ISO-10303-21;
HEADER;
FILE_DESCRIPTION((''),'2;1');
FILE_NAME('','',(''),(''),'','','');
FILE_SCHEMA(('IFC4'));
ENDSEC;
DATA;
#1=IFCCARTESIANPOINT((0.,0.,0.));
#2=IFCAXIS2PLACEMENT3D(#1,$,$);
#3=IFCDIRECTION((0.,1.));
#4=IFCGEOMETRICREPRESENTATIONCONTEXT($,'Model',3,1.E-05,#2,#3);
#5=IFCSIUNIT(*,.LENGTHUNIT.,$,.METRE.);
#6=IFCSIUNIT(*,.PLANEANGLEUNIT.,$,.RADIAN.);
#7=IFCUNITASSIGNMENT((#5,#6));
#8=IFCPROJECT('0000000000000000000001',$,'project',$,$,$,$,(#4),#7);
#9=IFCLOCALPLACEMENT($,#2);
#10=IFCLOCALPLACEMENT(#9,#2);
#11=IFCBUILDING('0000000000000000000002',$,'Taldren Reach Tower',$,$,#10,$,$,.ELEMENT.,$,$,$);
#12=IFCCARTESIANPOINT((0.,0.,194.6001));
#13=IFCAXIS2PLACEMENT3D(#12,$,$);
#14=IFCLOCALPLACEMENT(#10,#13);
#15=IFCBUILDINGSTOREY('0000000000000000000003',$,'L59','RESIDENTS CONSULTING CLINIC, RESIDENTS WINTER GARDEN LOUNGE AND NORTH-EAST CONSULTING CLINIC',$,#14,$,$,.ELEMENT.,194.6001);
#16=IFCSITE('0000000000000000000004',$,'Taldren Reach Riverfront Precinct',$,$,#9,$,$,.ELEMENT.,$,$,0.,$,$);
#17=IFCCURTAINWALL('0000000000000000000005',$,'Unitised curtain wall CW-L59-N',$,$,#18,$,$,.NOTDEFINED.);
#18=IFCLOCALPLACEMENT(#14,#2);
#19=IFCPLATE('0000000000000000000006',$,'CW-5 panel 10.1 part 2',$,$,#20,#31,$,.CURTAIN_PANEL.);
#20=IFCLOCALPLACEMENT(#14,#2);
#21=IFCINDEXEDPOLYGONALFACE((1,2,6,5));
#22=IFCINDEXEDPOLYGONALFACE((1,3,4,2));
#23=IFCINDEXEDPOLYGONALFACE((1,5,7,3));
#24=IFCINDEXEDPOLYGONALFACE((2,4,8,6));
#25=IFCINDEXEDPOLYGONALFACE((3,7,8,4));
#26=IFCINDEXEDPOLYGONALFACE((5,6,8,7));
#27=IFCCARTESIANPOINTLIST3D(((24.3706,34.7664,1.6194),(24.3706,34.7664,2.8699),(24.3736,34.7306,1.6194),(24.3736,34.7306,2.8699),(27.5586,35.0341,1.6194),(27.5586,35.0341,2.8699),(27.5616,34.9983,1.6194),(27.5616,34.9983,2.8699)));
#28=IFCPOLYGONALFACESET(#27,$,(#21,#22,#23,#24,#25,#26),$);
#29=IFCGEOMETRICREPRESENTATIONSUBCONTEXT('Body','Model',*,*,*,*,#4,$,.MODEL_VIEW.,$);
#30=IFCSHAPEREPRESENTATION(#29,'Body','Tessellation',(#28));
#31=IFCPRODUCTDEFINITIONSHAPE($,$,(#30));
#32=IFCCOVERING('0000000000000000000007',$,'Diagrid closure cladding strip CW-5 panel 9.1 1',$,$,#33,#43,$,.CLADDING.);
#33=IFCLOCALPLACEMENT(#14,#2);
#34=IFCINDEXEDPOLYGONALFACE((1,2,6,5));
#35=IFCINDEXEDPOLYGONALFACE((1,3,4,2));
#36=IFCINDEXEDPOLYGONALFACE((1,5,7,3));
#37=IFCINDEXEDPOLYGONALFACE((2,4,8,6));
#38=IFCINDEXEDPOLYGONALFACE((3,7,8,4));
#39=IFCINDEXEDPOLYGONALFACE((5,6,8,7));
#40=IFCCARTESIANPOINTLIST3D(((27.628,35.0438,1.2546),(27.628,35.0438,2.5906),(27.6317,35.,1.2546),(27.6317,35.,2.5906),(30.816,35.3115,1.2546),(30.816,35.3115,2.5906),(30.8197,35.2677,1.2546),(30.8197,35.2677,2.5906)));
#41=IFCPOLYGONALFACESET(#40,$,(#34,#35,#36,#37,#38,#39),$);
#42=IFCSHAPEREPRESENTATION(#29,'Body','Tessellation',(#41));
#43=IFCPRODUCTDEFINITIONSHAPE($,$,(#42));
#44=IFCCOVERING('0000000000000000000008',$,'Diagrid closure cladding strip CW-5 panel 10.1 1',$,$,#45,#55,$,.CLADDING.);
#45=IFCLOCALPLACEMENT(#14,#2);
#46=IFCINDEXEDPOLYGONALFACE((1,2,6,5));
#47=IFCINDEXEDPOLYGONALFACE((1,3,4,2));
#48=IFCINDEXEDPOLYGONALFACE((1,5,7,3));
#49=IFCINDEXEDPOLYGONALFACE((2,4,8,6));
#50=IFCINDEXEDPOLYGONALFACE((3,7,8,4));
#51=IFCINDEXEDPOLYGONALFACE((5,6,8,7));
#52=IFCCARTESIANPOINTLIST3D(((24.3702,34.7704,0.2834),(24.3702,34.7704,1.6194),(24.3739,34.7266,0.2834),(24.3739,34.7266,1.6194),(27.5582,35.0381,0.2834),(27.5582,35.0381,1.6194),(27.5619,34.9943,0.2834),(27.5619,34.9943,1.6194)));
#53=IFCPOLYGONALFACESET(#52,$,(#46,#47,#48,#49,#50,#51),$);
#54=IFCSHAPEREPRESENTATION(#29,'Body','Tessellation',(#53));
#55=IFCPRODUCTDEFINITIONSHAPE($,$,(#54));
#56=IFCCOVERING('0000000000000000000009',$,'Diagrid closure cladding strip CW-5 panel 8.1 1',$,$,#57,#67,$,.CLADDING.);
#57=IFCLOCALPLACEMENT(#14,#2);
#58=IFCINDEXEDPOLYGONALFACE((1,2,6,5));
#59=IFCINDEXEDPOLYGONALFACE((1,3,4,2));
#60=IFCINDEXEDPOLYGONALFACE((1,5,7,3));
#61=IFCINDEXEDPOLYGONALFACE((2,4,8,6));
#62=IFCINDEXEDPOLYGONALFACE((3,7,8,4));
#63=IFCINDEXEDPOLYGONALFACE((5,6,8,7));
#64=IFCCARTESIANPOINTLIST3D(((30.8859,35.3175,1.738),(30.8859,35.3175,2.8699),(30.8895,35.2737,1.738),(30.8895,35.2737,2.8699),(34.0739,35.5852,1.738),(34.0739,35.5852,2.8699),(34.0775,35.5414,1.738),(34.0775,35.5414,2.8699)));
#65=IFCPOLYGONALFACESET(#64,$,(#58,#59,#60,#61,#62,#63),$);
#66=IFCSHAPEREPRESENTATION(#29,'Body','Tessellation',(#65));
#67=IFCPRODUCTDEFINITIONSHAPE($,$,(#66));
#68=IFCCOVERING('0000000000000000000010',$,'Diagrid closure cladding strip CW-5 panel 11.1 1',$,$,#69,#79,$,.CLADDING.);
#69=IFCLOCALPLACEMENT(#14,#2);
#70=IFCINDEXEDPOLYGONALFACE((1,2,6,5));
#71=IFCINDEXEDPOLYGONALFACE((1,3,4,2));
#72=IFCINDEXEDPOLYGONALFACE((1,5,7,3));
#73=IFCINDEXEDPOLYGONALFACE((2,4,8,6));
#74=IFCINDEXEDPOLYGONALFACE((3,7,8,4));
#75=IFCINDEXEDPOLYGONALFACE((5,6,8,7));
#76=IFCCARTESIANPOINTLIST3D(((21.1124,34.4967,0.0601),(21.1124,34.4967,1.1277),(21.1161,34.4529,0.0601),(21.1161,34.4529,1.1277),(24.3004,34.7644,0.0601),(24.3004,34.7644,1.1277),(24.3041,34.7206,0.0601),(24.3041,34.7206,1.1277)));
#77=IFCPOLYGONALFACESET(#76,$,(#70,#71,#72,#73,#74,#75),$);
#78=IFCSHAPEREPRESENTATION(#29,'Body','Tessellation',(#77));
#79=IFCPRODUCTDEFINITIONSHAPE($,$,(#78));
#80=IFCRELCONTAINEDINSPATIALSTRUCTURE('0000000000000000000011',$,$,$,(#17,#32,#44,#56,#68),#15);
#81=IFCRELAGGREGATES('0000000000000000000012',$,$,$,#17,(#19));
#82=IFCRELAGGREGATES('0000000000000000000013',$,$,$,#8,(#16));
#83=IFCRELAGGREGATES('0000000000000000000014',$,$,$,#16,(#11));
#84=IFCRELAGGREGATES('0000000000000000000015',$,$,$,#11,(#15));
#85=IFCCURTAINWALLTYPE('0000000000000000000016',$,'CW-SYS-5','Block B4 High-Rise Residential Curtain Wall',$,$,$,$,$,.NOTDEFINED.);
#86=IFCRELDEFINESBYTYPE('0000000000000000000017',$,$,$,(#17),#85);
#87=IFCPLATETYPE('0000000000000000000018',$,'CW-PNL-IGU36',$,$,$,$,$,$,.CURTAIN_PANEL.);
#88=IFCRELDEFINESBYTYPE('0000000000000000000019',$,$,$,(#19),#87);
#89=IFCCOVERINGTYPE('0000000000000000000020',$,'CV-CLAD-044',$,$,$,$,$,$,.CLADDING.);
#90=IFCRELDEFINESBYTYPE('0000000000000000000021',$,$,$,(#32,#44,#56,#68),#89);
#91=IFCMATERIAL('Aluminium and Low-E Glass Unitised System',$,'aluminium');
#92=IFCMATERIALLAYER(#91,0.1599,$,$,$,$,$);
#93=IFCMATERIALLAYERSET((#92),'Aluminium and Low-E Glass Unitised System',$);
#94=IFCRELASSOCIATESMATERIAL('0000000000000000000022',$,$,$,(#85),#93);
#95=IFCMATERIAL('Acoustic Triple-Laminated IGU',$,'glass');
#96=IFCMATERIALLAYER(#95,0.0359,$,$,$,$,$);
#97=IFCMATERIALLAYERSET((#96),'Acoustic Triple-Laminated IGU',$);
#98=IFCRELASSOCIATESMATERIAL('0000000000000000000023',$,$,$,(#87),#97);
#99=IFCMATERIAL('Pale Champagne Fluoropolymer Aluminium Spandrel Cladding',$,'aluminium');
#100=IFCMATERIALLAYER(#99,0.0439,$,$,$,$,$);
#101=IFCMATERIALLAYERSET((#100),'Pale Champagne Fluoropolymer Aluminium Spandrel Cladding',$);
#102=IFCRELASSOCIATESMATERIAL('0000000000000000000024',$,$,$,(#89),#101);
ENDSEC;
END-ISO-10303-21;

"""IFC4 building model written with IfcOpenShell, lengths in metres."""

from ifc_helpers import new_model, si_unit, direction, frame, origin, origin_2d, place, context, subcontext, project, spatial, rectangle, extrude, source, transform, mapped, material, layer, layer_set, type_object, element, aggregate, save


model = new_model("IFC4")

# Units and contexts
model_context = context("Model", 3, precision=1e-05, world=origin(), true_north=direction((0.0, 1.0)))
body_context = subcontext(model_context, "Body", "Model", "MODEL_VIEW")
ifc_project = project(units=[si_unit("LENGTHUNIT", "METRE"), si_unit("PLANEANGLEUNIT", "RADIAN")], contexts=[model_context])

# Site, building, storey
site_placement = place(None, origin())
site = spatial("IfcSite", under=ifc_project, at=site_placement, Name="Taldren Reach Riverfront Precinct", CompositionType="ELEMENT", RefElevation=0.0)
building_placement = place(site_placement, origin())
building = spatial("IfcBuilding", under=site, at=building_placement, Name="Taldren Reach Tower", CompositionType="ELEMENT")
storey_placement = place(building_placement, frame((0.0, 0.0, 194.6001)))
storey = spatial("IfcBuildingStorey", under=building, at=storey_placement, Name="L59", Description="RESIDENTS CONSULTING CLINIC, RESIDENTS WINTER GARDEN LOUNGE AND NORTH-EAST CONSULTING CLINIC", CompositionType="ELEMENT", Elevation=194.6001)

# Curtain wall
ifc_material_1 = material(Name="Aluminium and Low-E Glass Unitised System", Category="aluminium")
ifc_layer_1 = layer(ifc_material_1, 0.1599)
ifc_layer_set_1 = layer_set([ifc_layer_1], Name="Aluminium and Low-E Glass Unitised System")
curtain_wall_type = type_object("IfcCurtainWallType", Name="CW-SYS-5", Description="Block B4 High-Rise Residential Curtain Wall", PredefinedType="NOTDEFINED", material=ifc_layer_set_1)
curtain_wall_placement = place(storey_placement, origin())
curtain_wall = element("IfcCurtainWall", 1, at=curtain_wall_placement, inside=storey, type_object=curtain_wall_type, Name="Unitised curtain wall CW-L59-N", PredefinedType="NOTDEFINED")

# Plate
ifc_material_2 = material(Name="Acoustic Triple-Laminated IGU", Category="glass")
ifc_layer_2 = layer(ifc_material_2, 0.0359)
ifc_layer_set_2 = layer_set([ifc_layer_2], Name="Acoustic Triple-Laminated IGU")
plate_type_1 = type_object("IfcPlateType", Name="CW-PNL-IGU36", PredefinedType="CURTAIN_PANEL", material=ifc_layer_set_2)
shared_shape_1 = source(origin(), body_context, "Body", "SweptSolid", [
    extrude(rectangle(XDim=3.1992, YDim=0.0359, at=origin_2d()), origin(), (0.0, 0.0, 1.0), 1.2505),
])
plate_1_placement = place(storey_placement, frame((25.9661, 34.8823, 1.6194), z_axis=(0.0, 0.0, 1.0), x_axis=(-0.996493, -0.083678, 0.0)))
plate_1 = element("IfcPlate", 2, at=plate_1_placement, type_object=plate_type_1, Name="CW-5 panel 10.1 part 2", PredefinedType="CURTAIN_PANEL", context=body_context, shape_type="MappedRepresentation", body=[
    mapped(shared_shape_1, transform((0.0, 0.0, 0.0), scale=1.0)),
])
aggregate(curtain_wall, [plate_1])

# Coverings
ifc_material_3 = material(Name="Pale Champagne Fluoropolymer Aluminium Spandrel Cladding", Category="aluminium")
ifc_layer_3 = layer(ifc_material_3, 0.0439)
ifc_layer_set_3 = layer_set([ifc_layer_3], Name="Pale Champagne Fluoropolymer Aluminium Spandrel Cladding")
covering_type = type_object("IfcCoveringType", Name="CV-CLAD-044", PredefinedType="CLADDING", material=ifc_layer_set_3)
shared_shape_2 = source(origin(), body_context, "Body", "SweptSolid", [
    extrude(rectangle(XDim=3.1992, YDim=0.0439, at=origin_2d()), origin(), (0.0, 0.0, 1.0), 1.3359),
])
for number, where, z_axis, x_axis, name in (
    (3, (29.2239, 35.1558, 1.2546), (0.0, 0.0, 1.0), (-0.996493, -0.083678, 0.0), "Diagrid closure cladding strip CW-5 panel 9.1 1"),
    (4, (25.9661, 34.8823, 0.2834), (0.0, 0.0, 1.0), (-0.996493, -0.083678, 0.0), "Diagrid closure cladding strip CW-5 panel 10.1 1"),
):
    element("IfcCovering", number, at=place(storey_placement, frame(where, z_axis=z_axis, x_axis=x_axis)), inside=storey, type_object=covering_type, Name=name, PredefinedType="CLADDING", context=body_context, shape_type="MappedRepresentation", body=[
        mapped(shared_shape_2, transform((0.0, 0.0, 0.0), scale=1.0)),
    ])
shared_shape_3 = source(origin(), body_context, "Body", "SweptSolid", [
    extrude(rectangle(XDim=3.1992, YDim=0.0439, at=origin_2d()), origin(), (0.0, 0.0, 1.0), 1.1318),
])
covering_1_placement = place(storey_placement, frame((32.4817, 35.4294, 1.738), z_axis=(0.0, 0.0, 1.0), x_axis=(-0.996493, -0.083678, 0.0)))
element("IfcCovering", 5, at=covering_1_placement, inside=storey, type_object=covering_type, Name="Diagrid closure cladding strip CW-5 panel 8.1 1", PredefinedType="CLADDING", context=body_context, shape_type="MappedRepresentation", body=[
    mapped(shared_shape_3, transform((0.0, 0.0, 0.0), scale=1.0)),
])
shared_shape_4 = source(origin(), body_context, "Body", "SweptSolid", [
    extrude(rectangle(XDim=3.1992, YDim=0.0439, at=origin_2d()), origin(), (0.0, 0.0, 1.0), 1.0676),
])
covering_2_placement = place(storey_placement, frame((22.7083, 34.6086, 0.0601), z_axis=(0.0, 0.0, 1.0), x_axis=(-0.996493, -0.083678, 0.0)))
element("IfcCovering", 6, at=covering_2_placement, inside=storey, type_object=covering_type, Name="Diagrid closure cladding strip CW-5 panel 11.1 1", PredefinedType="CLADDING", context=body_context, shape_type="MappedRepresentation", body=[
    mapped(shared_shape_4, transform((0.0, 0.0, 0.0), scale=1.0)),
])

save(model, "model.ifc")
